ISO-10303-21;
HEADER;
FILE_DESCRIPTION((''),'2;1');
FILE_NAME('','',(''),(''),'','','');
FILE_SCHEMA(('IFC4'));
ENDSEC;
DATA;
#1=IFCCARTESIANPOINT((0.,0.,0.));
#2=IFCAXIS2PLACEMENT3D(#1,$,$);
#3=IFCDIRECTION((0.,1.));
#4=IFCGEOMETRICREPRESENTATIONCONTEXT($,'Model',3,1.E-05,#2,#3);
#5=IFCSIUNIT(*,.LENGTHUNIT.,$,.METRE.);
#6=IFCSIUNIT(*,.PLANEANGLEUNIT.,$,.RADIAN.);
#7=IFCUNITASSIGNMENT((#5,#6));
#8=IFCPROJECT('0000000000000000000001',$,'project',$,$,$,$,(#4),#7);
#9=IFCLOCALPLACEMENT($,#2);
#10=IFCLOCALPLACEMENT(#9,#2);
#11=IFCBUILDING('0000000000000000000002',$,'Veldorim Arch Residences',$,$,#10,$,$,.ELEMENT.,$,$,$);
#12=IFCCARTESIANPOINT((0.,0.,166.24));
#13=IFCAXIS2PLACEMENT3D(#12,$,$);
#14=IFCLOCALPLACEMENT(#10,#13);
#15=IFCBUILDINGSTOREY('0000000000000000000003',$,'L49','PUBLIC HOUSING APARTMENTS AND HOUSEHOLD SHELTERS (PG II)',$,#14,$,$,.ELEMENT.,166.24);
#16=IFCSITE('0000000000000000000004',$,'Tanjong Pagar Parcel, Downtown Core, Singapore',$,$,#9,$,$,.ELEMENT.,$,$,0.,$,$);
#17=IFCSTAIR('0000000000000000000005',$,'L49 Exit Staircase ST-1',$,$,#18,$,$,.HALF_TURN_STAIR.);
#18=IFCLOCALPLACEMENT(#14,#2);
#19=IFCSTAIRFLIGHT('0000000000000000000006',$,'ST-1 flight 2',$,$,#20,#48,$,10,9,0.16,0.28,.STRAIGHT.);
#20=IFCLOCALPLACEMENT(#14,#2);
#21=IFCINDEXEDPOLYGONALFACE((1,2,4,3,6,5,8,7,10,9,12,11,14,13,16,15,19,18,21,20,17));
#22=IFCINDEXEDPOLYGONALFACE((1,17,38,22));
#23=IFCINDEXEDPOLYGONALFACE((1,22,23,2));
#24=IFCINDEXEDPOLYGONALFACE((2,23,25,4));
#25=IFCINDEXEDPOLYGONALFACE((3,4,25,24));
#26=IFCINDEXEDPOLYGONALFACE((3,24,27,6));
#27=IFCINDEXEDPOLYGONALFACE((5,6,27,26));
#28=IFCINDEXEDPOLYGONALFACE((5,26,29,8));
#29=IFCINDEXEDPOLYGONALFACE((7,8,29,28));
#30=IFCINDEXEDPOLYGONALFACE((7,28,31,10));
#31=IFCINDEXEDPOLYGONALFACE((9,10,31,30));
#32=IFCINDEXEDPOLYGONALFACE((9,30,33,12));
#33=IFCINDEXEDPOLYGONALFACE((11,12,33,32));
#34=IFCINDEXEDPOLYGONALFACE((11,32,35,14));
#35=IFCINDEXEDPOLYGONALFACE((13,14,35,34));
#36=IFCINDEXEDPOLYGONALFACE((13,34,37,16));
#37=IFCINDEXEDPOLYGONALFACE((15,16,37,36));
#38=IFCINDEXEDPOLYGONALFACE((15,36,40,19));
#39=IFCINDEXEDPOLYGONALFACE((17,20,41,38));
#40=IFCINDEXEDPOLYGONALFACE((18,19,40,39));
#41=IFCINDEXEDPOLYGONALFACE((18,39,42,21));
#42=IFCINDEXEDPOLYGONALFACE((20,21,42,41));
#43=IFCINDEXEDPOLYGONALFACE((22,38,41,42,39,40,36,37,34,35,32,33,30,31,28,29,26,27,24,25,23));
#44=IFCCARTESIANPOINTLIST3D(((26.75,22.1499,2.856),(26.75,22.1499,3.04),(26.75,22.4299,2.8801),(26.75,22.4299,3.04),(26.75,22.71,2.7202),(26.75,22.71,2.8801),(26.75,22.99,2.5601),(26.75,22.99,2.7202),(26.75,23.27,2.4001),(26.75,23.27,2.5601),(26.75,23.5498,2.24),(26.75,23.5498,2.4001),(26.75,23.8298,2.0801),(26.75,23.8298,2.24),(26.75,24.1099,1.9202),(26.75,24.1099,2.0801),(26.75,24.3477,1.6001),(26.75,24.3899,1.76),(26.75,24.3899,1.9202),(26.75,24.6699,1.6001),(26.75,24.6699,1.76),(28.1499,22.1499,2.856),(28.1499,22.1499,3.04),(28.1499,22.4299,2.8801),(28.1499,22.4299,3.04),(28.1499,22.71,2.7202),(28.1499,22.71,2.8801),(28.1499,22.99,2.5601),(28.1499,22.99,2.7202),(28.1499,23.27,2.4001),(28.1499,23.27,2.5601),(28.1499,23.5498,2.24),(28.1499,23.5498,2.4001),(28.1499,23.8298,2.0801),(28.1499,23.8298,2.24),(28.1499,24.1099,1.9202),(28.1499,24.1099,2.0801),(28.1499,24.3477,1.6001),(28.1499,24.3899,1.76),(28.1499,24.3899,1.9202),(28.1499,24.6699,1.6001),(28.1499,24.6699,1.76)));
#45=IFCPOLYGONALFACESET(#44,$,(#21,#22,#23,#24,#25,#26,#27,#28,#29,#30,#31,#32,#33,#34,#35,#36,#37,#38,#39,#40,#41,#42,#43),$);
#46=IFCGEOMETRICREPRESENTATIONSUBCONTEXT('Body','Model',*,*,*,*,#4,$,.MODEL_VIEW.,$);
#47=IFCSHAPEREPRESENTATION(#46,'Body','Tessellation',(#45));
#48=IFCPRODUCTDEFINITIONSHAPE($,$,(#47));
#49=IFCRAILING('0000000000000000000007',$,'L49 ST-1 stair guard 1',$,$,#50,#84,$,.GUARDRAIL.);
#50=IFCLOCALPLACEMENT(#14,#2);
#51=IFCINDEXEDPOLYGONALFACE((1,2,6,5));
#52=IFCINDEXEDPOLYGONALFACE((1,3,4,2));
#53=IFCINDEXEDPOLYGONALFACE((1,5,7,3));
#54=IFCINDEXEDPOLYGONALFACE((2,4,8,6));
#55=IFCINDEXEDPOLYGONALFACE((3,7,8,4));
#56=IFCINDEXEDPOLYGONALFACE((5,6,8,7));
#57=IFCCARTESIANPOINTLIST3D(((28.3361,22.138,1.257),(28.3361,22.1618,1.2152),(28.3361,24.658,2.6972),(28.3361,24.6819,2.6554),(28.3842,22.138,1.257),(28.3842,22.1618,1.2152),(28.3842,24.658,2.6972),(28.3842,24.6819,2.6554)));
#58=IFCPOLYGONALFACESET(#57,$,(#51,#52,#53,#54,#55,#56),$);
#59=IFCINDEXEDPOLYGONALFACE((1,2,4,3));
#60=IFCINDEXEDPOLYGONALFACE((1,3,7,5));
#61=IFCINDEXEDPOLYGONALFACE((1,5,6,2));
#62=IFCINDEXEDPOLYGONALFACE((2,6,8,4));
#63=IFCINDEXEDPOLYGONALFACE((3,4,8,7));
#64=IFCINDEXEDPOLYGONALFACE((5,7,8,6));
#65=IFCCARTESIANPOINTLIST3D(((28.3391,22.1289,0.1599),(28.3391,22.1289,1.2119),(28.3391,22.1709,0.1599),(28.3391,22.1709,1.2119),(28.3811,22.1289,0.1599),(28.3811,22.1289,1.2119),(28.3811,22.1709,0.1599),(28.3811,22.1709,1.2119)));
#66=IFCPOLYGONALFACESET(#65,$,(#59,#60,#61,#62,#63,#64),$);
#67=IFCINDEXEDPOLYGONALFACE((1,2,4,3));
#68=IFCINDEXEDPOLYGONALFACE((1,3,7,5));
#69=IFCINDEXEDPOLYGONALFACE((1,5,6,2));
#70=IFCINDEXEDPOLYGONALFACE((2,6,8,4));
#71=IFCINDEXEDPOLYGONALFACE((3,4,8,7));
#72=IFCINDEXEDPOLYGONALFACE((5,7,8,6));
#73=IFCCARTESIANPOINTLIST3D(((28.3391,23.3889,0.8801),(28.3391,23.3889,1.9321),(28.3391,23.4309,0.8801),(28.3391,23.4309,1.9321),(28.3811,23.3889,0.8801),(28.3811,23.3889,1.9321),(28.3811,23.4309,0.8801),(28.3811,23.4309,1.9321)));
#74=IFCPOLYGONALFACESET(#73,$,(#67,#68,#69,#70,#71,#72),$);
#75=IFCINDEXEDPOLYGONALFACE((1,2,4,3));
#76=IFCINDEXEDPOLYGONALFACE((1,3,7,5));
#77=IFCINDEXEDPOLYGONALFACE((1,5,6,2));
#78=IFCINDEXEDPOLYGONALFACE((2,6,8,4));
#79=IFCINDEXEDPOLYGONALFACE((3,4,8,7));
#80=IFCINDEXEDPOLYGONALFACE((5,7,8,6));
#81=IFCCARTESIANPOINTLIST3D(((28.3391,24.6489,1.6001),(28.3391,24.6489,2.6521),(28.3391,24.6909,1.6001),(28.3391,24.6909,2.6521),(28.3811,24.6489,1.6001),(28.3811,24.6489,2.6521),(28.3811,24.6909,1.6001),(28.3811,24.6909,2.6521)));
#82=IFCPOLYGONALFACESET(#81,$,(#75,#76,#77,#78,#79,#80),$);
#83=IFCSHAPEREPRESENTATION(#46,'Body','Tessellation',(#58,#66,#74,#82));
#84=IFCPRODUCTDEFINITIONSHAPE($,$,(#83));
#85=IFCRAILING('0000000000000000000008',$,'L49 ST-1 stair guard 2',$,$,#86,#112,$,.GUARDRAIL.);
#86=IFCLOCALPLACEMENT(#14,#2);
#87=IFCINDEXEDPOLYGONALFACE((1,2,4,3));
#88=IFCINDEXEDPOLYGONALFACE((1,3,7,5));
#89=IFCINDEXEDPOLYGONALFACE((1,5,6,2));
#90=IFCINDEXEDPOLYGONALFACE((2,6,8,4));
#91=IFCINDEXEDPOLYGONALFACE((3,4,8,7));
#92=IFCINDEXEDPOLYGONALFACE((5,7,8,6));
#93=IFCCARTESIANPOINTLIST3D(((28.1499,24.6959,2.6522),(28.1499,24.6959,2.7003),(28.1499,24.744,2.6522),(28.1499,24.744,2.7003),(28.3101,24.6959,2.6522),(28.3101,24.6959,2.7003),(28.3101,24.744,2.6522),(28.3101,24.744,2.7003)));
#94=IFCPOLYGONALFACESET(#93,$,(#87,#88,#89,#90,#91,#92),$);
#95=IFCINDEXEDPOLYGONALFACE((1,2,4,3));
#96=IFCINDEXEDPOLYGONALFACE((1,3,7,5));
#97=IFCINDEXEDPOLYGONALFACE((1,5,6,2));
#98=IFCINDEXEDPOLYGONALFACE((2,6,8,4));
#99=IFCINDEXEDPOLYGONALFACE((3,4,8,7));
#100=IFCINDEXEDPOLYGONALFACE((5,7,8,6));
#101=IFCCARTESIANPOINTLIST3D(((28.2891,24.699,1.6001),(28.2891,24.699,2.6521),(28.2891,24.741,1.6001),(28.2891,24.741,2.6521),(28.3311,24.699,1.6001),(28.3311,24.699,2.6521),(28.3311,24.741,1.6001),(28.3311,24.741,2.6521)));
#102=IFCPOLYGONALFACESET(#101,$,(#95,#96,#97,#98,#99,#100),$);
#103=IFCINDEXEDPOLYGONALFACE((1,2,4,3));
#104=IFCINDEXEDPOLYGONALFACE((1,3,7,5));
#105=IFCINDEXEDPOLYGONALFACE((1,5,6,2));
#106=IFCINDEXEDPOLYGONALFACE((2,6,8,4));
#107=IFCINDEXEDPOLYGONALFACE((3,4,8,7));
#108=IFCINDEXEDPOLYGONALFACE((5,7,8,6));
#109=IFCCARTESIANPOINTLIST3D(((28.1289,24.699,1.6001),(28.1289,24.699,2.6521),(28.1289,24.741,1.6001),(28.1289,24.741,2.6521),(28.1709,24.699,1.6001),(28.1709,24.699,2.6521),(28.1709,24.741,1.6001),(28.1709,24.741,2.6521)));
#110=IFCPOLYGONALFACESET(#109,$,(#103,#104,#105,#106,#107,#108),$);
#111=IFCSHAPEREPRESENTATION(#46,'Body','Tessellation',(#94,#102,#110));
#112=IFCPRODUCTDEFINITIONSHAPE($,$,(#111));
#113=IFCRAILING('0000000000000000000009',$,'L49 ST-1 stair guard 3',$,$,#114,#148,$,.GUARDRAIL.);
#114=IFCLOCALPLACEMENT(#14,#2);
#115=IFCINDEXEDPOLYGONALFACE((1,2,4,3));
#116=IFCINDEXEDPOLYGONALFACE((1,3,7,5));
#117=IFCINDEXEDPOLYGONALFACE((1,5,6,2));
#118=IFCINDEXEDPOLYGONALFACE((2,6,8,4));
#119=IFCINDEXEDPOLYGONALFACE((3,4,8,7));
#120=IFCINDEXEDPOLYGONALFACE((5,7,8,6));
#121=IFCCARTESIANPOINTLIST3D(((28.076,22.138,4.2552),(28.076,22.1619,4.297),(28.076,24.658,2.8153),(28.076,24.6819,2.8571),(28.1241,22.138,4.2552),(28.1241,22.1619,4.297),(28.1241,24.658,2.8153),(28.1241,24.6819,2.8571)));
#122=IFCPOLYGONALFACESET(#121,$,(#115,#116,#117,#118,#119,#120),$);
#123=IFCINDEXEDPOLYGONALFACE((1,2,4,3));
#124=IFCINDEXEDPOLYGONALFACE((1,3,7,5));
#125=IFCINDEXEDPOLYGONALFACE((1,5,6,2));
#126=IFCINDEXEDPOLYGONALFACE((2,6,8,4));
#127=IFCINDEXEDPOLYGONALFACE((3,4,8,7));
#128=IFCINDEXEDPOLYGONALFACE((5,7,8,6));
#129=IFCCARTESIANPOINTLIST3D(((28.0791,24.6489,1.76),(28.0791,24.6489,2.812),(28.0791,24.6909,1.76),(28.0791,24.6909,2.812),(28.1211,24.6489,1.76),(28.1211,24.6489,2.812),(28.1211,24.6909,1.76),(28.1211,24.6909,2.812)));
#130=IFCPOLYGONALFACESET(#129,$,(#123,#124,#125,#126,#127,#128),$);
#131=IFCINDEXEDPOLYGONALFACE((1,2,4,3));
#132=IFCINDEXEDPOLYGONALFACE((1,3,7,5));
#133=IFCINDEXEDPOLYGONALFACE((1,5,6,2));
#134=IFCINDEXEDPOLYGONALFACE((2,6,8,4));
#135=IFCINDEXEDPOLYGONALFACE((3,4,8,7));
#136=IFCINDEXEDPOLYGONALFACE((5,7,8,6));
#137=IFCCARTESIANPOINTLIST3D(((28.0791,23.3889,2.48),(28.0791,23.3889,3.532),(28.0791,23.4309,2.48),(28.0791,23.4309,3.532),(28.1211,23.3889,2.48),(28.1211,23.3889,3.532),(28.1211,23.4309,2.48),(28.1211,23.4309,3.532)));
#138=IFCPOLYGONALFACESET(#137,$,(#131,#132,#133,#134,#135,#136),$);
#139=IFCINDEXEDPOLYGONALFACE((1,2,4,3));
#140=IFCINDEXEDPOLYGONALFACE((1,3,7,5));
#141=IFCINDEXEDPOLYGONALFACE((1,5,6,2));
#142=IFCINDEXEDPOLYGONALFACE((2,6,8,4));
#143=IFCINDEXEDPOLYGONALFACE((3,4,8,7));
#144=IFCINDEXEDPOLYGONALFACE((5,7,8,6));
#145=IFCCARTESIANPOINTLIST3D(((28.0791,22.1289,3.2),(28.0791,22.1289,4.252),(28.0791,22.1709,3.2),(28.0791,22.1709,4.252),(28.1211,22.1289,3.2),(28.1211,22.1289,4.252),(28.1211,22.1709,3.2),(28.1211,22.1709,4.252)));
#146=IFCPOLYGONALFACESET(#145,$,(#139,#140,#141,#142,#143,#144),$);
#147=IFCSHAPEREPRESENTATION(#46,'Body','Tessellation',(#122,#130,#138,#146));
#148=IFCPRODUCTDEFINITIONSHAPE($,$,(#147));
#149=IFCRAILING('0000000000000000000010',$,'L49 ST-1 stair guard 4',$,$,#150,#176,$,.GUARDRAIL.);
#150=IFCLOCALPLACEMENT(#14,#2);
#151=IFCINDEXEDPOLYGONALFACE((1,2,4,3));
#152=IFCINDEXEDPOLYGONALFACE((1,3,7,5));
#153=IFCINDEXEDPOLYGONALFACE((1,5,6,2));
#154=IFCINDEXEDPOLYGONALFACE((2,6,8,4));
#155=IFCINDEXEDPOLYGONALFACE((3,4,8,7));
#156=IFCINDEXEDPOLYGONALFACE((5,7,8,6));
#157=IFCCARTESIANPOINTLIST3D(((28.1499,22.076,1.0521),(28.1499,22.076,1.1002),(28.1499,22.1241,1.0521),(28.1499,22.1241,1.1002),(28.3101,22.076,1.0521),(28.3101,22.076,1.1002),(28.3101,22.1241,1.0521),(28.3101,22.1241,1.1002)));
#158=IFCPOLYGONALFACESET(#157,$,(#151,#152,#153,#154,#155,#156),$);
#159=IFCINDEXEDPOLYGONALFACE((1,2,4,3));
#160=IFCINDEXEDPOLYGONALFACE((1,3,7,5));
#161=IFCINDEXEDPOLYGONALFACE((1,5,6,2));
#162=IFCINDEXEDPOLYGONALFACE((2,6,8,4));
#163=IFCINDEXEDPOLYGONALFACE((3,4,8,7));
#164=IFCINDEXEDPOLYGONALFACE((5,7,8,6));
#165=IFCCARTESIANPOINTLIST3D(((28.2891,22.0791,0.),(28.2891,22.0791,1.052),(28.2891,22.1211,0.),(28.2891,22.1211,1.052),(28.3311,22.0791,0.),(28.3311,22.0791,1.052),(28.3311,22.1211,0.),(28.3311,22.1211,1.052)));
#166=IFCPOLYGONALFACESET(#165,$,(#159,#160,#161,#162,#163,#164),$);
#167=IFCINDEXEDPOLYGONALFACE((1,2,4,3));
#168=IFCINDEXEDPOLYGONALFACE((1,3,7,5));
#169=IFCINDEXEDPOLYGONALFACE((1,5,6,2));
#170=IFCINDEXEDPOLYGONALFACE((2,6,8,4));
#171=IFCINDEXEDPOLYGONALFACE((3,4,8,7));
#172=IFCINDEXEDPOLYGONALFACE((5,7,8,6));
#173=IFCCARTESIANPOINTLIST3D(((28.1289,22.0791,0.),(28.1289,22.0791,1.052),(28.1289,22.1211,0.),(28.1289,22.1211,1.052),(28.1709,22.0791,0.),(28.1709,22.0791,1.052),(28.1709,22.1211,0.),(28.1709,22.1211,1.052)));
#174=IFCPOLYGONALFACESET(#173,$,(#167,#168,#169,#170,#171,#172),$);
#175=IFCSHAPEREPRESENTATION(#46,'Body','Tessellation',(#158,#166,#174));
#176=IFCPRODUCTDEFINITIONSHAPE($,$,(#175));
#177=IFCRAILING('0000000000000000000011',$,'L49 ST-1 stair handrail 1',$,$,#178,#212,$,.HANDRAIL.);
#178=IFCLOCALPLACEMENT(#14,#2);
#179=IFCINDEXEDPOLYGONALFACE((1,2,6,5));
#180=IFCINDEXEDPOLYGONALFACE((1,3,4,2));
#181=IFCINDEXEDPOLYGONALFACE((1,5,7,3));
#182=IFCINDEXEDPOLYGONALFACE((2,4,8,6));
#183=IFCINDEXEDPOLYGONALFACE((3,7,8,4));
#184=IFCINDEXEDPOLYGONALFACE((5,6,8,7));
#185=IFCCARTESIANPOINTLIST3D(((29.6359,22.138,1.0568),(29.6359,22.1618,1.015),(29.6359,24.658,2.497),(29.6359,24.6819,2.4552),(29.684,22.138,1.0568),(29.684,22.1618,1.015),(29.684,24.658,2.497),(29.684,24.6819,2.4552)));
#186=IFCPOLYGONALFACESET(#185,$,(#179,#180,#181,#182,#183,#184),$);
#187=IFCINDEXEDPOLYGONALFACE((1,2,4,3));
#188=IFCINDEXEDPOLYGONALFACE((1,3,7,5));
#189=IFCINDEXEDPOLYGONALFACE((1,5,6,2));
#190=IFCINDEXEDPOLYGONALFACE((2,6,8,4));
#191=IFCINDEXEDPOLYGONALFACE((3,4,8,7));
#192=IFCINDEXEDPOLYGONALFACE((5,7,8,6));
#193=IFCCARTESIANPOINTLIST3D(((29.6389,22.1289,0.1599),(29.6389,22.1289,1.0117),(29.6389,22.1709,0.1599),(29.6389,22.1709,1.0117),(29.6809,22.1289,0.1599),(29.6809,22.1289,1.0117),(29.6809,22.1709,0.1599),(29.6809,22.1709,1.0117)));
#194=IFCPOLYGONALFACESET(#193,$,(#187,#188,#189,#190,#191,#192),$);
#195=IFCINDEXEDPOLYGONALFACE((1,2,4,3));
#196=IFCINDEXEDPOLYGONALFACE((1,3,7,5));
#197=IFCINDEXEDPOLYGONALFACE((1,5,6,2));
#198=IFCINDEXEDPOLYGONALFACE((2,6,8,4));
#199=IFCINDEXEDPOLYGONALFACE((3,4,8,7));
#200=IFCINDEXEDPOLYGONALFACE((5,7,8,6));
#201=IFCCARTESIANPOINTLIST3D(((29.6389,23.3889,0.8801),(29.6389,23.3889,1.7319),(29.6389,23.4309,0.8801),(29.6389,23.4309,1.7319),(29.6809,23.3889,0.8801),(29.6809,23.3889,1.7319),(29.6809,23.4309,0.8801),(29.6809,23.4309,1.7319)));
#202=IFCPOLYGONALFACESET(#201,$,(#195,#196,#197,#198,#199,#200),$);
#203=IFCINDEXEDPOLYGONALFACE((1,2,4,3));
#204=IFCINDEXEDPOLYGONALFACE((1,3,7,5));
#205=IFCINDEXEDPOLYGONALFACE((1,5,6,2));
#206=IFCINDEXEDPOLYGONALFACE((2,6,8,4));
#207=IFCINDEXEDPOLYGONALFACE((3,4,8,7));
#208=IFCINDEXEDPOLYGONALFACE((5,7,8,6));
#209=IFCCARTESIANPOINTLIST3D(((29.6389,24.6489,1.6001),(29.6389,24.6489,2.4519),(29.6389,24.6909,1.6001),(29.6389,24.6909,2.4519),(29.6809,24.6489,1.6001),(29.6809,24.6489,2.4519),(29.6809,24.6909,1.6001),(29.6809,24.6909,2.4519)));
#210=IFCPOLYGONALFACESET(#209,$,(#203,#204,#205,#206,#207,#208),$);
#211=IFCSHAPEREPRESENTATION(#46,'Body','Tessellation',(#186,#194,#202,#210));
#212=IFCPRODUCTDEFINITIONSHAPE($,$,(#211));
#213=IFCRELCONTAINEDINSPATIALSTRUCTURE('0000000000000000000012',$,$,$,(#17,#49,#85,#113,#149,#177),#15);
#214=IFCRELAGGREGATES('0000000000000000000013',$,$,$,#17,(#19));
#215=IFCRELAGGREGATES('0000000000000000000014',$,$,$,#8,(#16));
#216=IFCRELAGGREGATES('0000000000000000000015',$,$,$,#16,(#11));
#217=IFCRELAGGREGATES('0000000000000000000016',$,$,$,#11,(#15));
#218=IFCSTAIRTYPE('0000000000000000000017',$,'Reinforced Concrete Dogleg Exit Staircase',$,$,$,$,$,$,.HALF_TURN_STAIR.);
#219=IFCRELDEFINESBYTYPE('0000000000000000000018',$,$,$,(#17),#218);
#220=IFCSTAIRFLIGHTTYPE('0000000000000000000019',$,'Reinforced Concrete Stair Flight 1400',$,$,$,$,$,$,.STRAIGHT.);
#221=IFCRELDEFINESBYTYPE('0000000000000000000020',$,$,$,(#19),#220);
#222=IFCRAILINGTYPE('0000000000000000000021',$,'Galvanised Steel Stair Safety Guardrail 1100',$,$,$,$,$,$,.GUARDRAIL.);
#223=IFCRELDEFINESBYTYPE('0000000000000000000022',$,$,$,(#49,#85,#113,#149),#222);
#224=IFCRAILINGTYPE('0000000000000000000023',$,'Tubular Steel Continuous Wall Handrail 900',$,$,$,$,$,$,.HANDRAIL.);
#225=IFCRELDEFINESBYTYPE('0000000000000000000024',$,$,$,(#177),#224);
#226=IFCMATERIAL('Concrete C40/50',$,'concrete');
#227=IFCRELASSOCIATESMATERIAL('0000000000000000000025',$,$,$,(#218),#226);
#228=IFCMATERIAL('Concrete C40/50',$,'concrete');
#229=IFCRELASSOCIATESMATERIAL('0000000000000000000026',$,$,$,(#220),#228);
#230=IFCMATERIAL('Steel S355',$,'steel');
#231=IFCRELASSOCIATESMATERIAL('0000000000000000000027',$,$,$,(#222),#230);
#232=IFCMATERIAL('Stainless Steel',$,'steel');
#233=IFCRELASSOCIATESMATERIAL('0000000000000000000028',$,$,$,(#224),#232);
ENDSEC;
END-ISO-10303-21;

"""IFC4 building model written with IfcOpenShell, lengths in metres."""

from ifc_helpers import new_model, si_unit, direction, frame, origin, origin_2d, place, context, subcontext, project, spatial, polyline, rectangle, outline, extrude, material, type_object, element, aggregate, save


model = new_model("IFC4")

# Units and contexts
model_context = context("Model", 3, precision=1e-05, world=origin(), true_north=direction((0.0, 1.0)))
body_context = subcontext(model_context, "Body", "Model", "MODEL_VIEW")
ifc_project = project(units=[si_unit("LENGTHUNIT", "METRE"), si_unit("PLANEANGLEUNIT", "RADIAN")], contexts=[model_context])

# Site, building, storey
site_placement = place(None, origin())
site = spatial("IfcSite", under=ifc_project, at=site_placement, Name="Tanjong Pagar Parcel, Downtown Core, Singapore", CompositionType="ELEMENT", RefElevation=0.0)
building_placement = place(site_placement, origin())
building = spatial("IfcBuilding", under=site, at=building_placement, Name="Veldorim Arch Residences", CompositionType="ELEMENT")
storey_placement = place(building_placement, frame((0.0, 0.0, 166.24)))
storey = spatial("IfcBuildingStorey", under=building, at=storey_placement, Name="L49", Description="PUBLIC HOUSING APARTMENTS AND HOUSEHOLD SHELTERS (PG II)", CompositionType="ELEMENT", Elevation=166.24)

# Stair, stair flight
ifc_material_1 = material(Name="Concrete C40/50", Category="concrete")
stair_type = type_object("IfcStairType", Name="Reinforced Concrete Dogleg Exit Staircase", PredefinedType="HALF_TURN_STAIR", material=ifc_material_1)
stair_placement = place(storey_placement, origin())
stair = element("IfcStair", 1, at=stair_placement, inside=storey, type_object=stair_type, Name="L49 Exit Staircase ST-1", PredefinedType="HALF_TURN_STAIR")
ifc_material_2 = material(Name="Concrete C40/50", Category="concrete")
stair_flight_type = type_object("IfcStairFlightType", Name="Reinforced Concrete Stair Flight 1400", PredefinedType="STRAIGHT", material=ifc_material_2)
stair_flight_1_placement = place(storey_placement, frame((27.45, 24.6699, 1.6001), z_axis=(0.0, 0.0, 1.0), x_axis=(0.0, -1.0, 0.0)))
stair_flight_1 = element("IfcStairFlight", 2, at=stair_flight_1_placement, type_object=stair_flight_type, Name="ST-1 flight 2", NumberOfRisers=10, NumberOfTreads=9, PredefinedType="STRAIGHT", RiserHeight=0.16, TreadLength=0.28, context=body_context, shape_type="SweptSolid", body=[
    extrude(outline(polyline([(0.0, 0.0), (0.0, 0.1599), (0.28, 0.1599), (0.28, 0.3201), (0.5601, 0.3201), (0.5601, 0.48), (0.8401, 0.48), (0.8401, 0.6399), (1.1201, 0.6399), (1.1201, 0.8), (1.3999, 0.8), (1.3999, 0.96), (1.6799, 0.96), (1.6799, 1.1201), (1.96, 1.1201), (1.96, 1.28), (2.24, 1.28), (2.24, 1.4399), (2.52, 1.4399), (2.52, 1.6001), (2.52, 1.2559), (0.3223, 0.0), (0.0, 0.0)])), frame((0.0, 0.7, 0.0), z_axis=(0.0, -1.0, 0.0), x_axis=(1.0, 0.0, 0.0)), (0.0, 0.0, 1.0), 1.3999),
])
aggregate(stair, [stair_flight_1])

# Railings
ifc_material_3 = material(Name="Steel S355", Category="steel")
railing_type_1 = type_object("IfcRailingType", Name="Galvanised Steel Stair Safety Guardrail 1100", PredefinedType="GUARDRAIL", material=ifc_material_3)
railing_1_placement = place(storey_placement, frame((28.3601, 22.1499, 0.1599)))
element("IfcRailing", 3, at=railing_1_placement, inside=storey, type_object=railing_type_1, Name="L49 ST-1 stair guard 1", PredefinedType="GUARDRAIL", context=body_context, shape_type="SweptSolid", body=[
    extrude(rectangle(XDim=0.0481, YDim=0.0481, at=origin_2d()), frame((0.0, 0.0, 1.0762), z_axis=(0.0, 0.868217, 0.496184), x_axis=(-1.0, 0.0, 0.0)), (0.0, 0.0, 1.0), 2.9026),
    extrude(rectangle(XDim=0.042, YDim=0.042, at=origin_2d()), origin(), (0.0, 0.0, 1.0), 1.052),
    extrude(rectangle(XDim=0.042, YDim=0.042, at=origin_2d()), frame((0.0, 1.26, 0.7202)), (0.0, 0.0, 1.0), 1.052),
    extrude(rectangle(XDim=0.042, YDim=0.042, at=origin_2d()), frame((0.0, 2.52, 1.4402)), (0.0, 0.0, 1.0), 1.052),
])
railing_2_placement = place(storey_placement, frame((28.3101, 24.72, 1.6001)))
element("IfcRailing", 4, at=railing_2_placement, inside=storey, type_object=railing_type_1, Name="L49 ST-1 stair guard 2", PredefinedType="GUARDRAIL", context=body_context, shape_type="SweptSolid", body=[
    extrude(rectangle(XDim=0.0481, YDim=0.0481, at=origin_2d()), frame((0.0, 0.0, 1.0762), z_axis=(-1.0, 0.0, 0.0), x_axis=(0.0, -1.0, 0.0)), (0.0, 0.0, 1.0), 0.1602),
    extrude(rectangle(XDim=0.042, YDim=0.042, at=origin_2d()), origin(), (0.0, 0.0, 1.0), 1.052),
    extrude(rectangle(XDim=0.042, YDim=0.042, at=origin_2d()), frame((-0.1602, 0.0, 0.0)), (0.0, 0.0, 1.0), 1.052),
])
railing_3_placement = place(storey_placement, frame((28.1001, 24.6699, 1.76)))
element("IfcRailing", 5, at=railing_3_placement, inside=storey, type_object=railing_type_1, Name="L49 ST-1 stair guard 3", PredefinedType="GUARDRAIL", context=body_context, shape_type="SweptSolid", body=[
    extrude(rectangle(XDim=0.0481, YDim=0.0481, at=origin_2d()), frame((0.0, 0.0, 1.0762), z_axis=(0.0, -0.868253, 0.496121), x_axis=(1.0, 0.0, 0.0)), (0.0, 0.0, 1.0), 2.9023),
    extrude(rectangle(XDim=0.042, YDim=0.042, at=origin_2d()), origin(), (0.0, 0.0, 1.0), 1.052),
    extrude(rectangle(XDim=0.042, YDim=0.042, at=origin_2d()), frame((0.0, -1.26, 0.72)), (0.0, 0.0, 1.0), 1.052),
    extrude(rectangle(XDim=0.042, YDim=0.042, at=origin_2d()), frame((0.0, -2.52, 1.4399)), (0.0, 0.0, 1.0), 1.052),
])
railing_4_placement = place(storey_placement, frame((28.3101, 22.1001, 0.0)))
element("IfcRailing", 6, at=railing_4_placement, inside=storey, type_object=railing_type_1, Name="L49 ST-1 stair guard 4", PredefinedType="GUARDRAIL", context=body_context, shape_type="SweptSolid", body=[
    extrude(rectangle(XDim=0.0481, YDim=0.0481, at=origin_2d()), frame((0.0, 0.0, 1.0762), z_axis=(-1.0, 0.0, 0.0), x_axis=(0.0, -1.0, 0.0)), (0.0, 0.0, 1.0), 0.1602),
    extrude(rectangle(XDim=0.042, YDim=0.042, at=origin_2d()), origin(), (0.0, 0.0, 1.0), 1.052),
    extrude(rectangle(XDim=0.042, YDim=0.042, at=origin_2d()), frame((-0.1602, 0.0, 0.0)), (0.0, 0.0, 1.0), 1.052),
])
ifc_material_4 = material(Name="Stainless Steel", Category="steel")
railing_type_2 = type_object("IfcRailingType", Name="Tubular Steel Continuous Wall Handrail 900", PredefinedType="HANDRAIL", material=ifc_material_4)
railing_5_placement = place(storey_placement, frame((29.6599, 22.1499, 0.1599)))
element("IfcRailing", 7, at=railing_5_placement, inside=storey, type_object=railing_type_2, Name="L49 ST-1 stair handrail 1", PredefinedType="HANDRAIL", context=body_context, shape_type="SweptSolid", body=[
    extrude(rectangle(XDim=0.0481, YDim=0.0481, at=origin_2d()), frame((0.0, 0.0, 0.876), z_axis=(0.0, 0.868217, 0.496184), x_axis=(-1.0, 0.0, 0.0)), (0.0, 0.0, 1.0), 2.9026),
    extrude(rectangle(XDim=0.042, YDim=0.042, at=origin_2d()), origin(), (0.0, 0.0, 1.0), 0.8518),
    extrude(rectangle(XDim=0.042, YDim=0.042, at=origin_2d()), frame((0.0, 1.26, 0.7202)), (0.0, 0.0, 1.0), 0.8518),
    extrude(rectangle(XDim=0.042, YDim=0.042, at=origin_2d()), frame((0.0, 2.52, 1.4402)), (0.0, 0.0, 1.0), 0.8518),
])

save(model, "model.ifc")
